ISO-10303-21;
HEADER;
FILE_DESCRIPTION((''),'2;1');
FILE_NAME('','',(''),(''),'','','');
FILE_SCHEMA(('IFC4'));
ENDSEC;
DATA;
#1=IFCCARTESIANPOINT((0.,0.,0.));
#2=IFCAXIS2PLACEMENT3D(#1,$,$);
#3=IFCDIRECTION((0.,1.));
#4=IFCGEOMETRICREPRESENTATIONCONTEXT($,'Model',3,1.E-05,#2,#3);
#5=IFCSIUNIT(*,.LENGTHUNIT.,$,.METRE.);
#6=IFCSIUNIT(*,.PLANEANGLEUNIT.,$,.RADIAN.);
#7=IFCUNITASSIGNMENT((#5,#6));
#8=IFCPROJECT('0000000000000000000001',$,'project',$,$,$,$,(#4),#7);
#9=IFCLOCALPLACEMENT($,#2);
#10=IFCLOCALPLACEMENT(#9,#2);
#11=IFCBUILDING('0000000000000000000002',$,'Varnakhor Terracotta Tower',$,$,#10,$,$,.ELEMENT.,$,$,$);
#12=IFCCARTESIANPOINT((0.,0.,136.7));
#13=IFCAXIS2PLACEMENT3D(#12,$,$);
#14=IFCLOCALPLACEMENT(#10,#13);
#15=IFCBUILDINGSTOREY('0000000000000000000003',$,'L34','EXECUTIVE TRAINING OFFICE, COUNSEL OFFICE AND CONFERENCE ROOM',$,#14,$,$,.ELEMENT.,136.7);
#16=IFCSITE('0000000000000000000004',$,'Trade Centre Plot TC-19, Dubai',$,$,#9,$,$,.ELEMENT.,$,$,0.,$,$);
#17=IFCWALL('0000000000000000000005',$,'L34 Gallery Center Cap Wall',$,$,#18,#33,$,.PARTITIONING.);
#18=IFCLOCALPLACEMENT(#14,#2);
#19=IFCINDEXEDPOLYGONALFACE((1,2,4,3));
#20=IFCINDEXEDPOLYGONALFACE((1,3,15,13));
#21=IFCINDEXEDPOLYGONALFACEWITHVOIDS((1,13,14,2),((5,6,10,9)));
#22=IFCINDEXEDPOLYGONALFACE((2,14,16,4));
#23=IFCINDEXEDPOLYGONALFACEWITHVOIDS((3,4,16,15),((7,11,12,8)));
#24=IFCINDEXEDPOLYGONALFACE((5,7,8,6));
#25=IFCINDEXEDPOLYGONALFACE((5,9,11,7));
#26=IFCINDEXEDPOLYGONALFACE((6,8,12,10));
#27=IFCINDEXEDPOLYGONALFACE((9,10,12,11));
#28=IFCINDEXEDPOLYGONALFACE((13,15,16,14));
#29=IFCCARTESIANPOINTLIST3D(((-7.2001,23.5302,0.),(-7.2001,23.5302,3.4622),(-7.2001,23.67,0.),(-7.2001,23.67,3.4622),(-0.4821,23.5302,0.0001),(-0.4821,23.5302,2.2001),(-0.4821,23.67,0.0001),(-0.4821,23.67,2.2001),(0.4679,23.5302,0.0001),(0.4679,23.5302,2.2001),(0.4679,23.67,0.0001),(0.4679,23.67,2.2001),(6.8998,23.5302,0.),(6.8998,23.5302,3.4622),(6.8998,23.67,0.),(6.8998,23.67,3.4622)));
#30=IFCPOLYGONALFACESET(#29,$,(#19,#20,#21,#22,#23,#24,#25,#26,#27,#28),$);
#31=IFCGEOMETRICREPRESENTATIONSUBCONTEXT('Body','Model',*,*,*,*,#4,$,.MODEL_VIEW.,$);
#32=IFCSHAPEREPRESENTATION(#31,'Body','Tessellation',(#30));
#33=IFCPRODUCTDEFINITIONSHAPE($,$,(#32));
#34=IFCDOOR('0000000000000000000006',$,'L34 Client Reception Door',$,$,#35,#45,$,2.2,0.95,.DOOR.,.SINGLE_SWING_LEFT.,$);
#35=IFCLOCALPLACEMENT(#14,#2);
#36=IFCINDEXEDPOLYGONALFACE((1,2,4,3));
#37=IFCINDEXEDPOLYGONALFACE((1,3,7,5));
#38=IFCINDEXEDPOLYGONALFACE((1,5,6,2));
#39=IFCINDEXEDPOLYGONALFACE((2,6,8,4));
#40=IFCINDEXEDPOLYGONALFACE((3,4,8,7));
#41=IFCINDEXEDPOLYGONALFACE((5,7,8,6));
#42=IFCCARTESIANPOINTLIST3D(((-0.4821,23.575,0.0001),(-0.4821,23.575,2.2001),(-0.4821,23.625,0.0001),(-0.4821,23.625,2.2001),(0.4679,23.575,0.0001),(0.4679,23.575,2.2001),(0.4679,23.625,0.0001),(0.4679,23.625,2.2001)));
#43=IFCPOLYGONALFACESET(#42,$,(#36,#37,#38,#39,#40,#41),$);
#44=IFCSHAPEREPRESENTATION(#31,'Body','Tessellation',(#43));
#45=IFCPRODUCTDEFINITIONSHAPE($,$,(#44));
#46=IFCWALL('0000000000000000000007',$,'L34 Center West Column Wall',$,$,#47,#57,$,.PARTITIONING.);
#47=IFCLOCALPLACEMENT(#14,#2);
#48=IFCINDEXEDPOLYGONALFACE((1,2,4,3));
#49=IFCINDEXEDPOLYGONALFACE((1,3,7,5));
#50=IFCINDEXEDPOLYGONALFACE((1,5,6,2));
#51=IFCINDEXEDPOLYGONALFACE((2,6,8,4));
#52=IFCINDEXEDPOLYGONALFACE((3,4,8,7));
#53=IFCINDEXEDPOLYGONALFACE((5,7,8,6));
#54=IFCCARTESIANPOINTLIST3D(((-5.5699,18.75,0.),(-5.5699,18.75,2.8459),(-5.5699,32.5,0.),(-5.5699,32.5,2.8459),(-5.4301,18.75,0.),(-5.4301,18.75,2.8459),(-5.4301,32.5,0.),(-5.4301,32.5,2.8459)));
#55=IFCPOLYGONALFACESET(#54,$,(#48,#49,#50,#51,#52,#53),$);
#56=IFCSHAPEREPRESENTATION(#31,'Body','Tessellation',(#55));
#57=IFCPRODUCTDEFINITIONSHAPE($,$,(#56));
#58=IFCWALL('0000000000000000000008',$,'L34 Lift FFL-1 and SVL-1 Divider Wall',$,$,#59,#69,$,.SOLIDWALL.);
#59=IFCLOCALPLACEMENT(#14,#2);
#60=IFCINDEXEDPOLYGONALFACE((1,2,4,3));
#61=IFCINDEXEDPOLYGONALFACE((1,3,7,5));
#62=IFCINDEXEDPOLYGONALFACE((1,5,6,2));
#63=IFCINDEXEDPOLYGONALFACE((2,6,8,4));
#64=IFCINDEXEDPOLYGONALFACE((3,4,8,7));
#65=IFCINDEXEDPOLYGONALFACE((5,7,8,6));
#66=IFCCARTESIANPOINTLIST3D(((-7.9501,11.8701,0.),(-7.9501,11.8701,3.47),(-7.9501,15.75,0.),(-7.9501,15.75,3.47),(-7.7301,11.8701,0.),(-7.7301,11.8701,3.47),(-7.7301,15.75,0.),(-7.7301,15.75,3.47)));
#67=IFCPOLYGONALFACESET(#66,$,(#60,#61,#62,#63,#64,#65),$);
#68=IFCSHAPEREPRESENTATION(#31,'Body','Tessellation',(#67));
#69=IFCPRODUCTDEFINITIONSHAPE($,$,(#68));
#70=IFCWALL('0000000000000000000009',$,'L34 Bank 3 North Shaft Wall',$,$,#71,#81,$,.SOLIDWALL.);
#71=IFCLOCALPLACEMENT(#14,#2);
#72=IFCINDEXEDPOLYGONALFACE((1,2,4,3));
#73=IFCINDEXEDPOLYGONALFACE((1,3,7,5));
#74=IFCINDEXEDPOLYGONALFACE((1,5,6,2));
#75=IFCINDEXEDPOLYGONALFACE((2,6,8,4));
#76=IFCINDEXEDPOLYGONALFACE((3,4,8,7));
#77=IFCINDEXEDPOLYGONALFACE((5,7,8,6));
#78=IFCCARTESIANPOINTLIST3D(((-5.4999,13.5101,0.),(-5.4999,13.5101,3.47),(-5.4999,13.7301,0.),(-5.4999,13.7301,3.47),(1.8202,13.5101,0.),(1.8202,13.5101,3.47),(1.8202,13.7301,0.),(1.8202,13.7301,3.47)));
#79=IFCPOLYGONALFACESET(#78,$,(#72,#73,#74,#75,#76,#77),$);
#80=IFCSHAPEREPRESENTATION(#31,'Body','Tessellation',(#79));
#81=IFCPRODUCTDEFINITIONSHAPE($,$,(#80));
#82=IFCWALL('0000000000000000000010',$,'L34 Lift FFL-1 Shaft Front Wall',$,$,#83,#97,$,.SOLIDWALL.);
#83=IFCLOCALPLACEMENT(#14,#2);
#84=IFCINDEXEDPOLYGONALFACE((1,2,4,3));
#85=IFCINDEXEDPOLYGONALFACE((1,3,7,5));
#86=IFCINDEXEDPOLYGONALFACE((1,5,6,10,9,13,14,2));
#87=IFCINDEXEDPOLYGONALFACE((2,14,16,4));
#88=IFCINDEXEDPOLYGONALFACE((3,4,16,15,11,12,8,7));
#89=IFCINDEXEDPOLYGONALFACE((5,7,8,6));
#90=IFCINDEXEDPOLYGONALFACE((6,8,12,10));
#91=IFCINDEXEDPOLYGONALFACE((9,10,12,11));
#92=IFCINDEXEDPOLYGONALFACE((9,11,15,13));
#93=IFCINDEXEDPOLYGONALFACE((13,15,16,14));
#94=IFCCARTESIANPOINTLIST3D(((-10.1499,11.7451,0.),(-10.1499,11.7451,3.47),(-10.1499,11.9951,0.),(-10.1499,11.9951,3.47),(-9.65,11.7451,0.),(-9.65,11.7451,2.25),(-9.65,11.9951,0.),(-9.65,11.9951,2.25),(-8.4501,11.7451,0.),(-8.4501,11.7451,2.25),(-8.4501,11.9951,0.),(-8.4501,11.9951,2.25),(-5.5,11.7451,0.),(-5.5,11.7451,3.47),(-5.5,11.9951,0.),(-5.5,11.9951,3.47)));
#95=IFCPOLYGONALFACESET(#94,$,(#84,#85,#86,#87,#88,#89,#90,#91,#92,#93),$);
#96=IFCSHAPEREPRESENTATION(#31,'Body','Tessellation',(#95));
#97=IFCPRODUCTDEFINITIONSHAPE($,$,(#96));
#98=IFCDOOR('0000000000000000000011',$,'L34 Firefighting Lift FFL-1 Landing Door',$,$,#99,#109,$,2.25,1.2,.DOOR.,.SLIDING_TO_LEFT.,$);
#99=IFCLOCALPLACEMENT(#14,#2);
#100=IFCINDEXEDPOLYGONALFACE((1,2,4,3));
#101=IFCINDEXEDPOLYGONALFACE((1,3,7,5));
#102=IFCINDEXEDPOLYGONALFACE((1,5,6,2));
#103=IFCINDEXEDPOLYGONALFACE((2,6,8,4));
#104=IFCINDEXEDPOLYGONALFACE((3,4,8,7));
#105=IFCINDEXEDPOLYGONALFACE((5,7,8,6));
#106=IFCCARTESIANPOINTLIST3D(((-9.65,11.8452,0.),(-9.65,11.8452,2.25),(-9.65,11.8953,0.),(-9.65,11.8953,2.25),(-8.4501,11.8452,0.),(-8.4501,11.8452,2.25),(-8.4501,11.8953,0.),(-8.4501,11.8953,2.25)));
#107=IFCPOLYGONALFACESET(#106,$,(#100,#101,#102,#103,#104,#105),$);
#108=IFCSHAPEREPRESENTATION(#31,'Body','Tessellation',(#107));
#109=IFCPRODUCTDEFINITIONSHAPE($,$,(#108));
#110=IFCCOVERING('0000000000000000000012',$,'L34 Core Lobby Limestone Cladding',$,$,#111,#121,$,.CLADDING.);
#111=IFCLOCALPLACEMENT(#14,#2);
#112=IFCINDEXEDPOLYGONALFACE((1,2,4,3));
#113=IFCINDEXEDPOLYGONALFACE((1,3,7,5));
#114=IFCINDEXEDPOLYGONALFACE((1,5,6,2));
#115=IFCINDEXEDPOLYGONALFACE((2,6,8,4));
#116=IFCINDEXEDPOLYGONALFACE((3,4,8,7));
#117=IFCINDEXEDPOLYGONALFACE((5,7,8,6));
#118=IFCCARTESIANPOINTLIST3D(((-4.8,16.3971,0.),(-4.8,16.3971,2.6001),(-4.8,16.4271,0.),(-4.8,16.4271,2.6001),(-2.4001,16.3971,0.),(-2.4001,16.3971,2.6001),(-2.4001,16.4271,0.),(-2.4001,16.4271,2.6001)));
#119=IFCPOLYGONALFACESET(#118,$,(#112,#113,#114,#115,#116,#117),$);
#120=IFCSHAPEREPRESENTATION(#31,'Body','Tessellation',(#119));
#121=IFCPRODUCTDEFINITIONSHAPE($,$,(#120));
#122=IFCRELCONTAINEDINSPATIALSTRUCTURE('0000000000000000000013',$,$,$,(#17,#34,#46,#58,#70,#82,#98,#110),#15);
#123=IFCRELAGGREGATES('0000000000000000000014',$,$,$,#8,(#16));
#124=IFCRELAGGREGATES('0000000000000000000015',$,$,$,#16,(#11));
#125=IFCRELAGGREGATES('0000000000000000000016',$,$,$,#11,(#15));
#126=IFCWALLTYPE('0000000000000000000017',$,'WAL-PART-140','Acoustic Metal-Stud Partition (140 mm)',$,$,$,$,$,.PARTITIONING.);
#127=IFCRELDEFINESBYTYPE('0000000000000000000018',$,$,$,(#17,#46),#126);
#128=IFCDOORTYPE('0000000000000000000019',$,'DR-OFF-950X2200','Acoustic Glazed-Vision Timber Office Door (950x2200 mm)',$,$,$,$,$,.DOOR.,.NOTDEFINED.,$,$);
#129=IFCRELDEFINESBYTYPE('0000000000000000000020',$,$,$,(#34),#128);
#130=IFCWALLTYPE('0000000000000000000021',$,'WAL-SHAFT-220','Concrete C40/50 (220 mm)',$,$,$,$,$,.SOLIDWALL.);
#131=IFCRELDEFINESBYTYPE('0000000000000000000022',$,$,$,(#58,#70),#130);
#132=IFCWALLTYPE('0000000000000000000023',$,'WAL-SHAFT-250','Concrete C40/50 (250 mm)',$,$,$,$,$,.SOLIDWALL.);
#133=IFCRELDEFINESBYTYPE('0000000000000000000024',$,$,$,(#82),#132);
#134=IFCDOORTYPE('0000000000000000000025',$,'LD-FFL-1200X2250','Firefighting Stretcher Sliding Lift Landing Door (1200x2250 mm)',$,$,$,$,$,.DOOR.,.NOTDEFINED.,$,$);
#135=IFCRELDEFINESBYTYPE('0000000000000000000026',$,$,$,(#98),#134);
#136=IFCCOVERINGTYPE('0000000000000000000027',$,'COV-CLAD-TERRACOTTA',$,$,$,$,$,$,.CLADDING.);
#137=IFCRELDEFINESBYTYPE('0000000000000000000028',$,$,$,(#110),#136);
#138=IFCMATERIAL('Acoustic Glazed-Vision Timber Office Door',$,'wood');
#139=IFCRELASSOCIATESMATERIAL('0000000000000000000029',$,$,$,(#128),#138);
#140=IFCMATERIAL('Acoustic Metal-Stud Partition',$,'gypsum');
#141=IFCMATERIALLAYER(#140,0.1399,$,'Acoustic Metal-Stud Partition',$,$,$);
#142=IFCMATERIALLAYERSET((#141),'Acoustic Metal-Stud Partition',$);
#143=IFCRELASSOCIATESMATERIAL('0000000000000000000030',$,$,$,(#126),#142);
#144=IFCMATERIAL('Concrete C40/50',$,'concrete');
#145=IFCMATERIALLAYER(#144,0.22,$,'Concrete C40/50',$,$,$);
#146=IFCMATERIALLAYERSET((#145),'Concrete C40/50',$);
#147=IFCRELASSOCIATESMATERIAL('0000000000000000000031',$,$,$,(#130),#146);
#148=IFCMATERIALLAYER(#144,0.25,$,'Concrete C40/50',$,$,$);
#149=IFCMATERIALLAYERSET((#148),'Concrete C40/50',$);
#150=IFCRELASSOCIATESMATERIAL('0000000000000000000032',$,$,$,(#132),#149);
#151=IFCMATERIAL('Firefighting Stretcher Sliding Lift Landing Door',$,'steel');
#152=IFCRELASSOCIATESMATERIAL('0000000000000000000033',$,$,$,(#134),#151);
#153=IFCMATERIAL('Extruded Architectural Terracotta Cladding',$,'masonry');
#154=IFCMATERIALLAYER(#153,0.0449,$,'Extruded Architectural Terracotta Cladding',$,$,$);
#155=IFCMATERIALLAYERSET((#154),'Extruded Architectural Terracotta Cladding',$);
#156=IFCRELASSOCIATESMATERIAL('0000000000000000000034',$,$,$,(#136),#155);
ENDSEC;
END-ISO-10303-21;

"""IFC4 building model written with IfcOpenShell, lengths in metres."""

from ifc_helpers import new_model, si_unit, direction, frame, frame_2d, origin, origin_2d, place, context, subcontext, project, spatial, rectangle, extrude, source, transform, mapped, material, layer, layer_set, type_object, type_shapes, element, fill, save


model = new_model("IFC4")

# Units and contexts
model_context = context("Model", 3, precision=1e-05, world=origin(), true_north=direction((0.0, 1.0)))
body_context = subcontext(model_context, "Body", "Model", "MODEL_VIEW")
ifc_project = project(units=[si_unit("LENGTHUNIT", "METRE"), si_unit("PLANEANGLEUNIT", "RADIAN")], contexts=[model_context])

# Site, building, storey
site_placement = place(None, origin())
site = spatial("IfcSite", under=ifc_project, at=site_placement, Name="Trade Centre Plot TC-19, Dubai", CompositionType="ELEMENT", RefElevation=0.0)
building_placement = place(site_placement, origin())
building = spatial("IfcBuilding", under=site, at=building_placement, Name="Varnakhor Terracotta Tower", CompositionType="ELEMENT")
storey_placement = place(building_placement, frame((0.0, 0.0, 136.7)))
storey = spatial("IfcBuildingStorey", under=building, at=storey_placement, Name="L34", Description="EXECUTIVE TRAINING OFFICE, COUNSEL OFFICE AND CONFERENCE ROOM", CompositionType="ELEMENT", Elevation=136.7)

# Shared definitions
ifc_material_1 = material(Name="Acoustic Glazed-Vision Timber Office Door", Category="wood")
door_type_1 = type_object("IfcDoorType", Name="DR-OFF-950X2200", Description="Acoustic Glazed-Vision Timber Office Door (950x2200 mm)", OperationType="NOTDEFINED", PredefinedType="DOOR", material=ifc_material_1)
shared_shape_1 = source(origin(), body_context, "Body", "SweptSolid", [
    extrude(rectangle(XDim=0.95, YDim=2.2, at=frame_2d((0.4751, 1.1001))), frame((0.0, 0.0249, 0.0), z_axis=(0.0, -1.0, 0.0), x_axis=(1.0, 0.0, 0.0)), (0.0, 0.0, 1.0), 0.05),
])
type_shapes(door_type_1, [shared_shape_1])

# Wall, opening, door
ifc_material_2 = material(Name="Acoustic Metal-Stud Partition", Category="gypsum")
ifc_layer_1 = layer(ifc_material_2, 0.1399, Name="Acoustic Metal-Stud Partition")
ifc_layer_set_1 = layer_set([ifc_layer_1], Name="Acoustic Metal-Stud Partition")
wall_type_1 = type_object("IfcWallType", Name="WAL-PART-140", Description="Acoustic Metal-Stud Partition (140 mm)", PredefinedType="PARTITIONING", material=ifc_layer_set_1)
wall_1_placement = place(storey_placement, frame((-7.2, 23.6001, 0.0), z_axis=(0.0, 0.0, 1.0), x_axis=(1.0, 0.0, 0.0)))
wall_1 = element("IfcWall", 1, at=wall_1_placement, inside=storey, type_object=wall_type_1, Name="L34 Gallery Center Cap Wall", PredefinedType="PARTITIONING", context=body_context, shape_type="SweptSolid", body=[
    extrude(rectangle(XDim=14.0999, YDim=0.1399, at=frame_2d((7.0498, 0.0))), origin(), (0.0, 0.0, 1.0), 3.4622),
])
opening_1_placement = place(wall_1_placement, frame((6.7178, 0.0, 0.0)))
opening_1 = element("IfcOpeningElement", 2, at=opening_1_placement, cuts=wall_1, PredefinedType="OPENING", context=body_context, shape_type="SweptSolid", body=[
    extrude(rectangle(XDim=0.95, YDim=2.2, at=frame_2d((0.4751, 1.1001))), frame((0.0, 0.0801, 0.0), z_axis=(0.0, -1.0, 0.0), x_axis=(1.0, 0.0, 0.0)), (0.0, 0.0, 1.0), 0.1599),
])
door_1_placement = place(opening_1_placement, origin())
door_1 = element("IfcDoor", 3, at=door_1_placement, inside=storey, type_object=door_type_1, Name="L34 Client Reception Door", OperationType="SINGLE_SWING_LEFT", OverallHeight=2.2, OverallWidth=0.95, PredefinedType="DOOR", context=body_context, shape_type="MappedRepresentation", body=[
    mapped(shared_shape_1, transform((0.0, 0.0, 0.0), scale=1.0)),
])
fill(opening_1, door_1)

# Walls
wall_2_placement = place(storey_placement, frame((-5.5, 18.75, 0.0), z_axis=(0.0, 0.0, 1.0), x_axis=(0.0, 1.0, 0.0)))
element("IfcWall", 4, at=wall_2_placement, inside=storey, type_object=wall_type_1, Name="L34 Center West Column Wall", PredefinedType="PARTITIONING", context=body_context, shape_type="SweptSolid", body=[
    extrude(rectangle(XDim=13.75, YDim=0.1399, at=frame_2d((6.875, 0.0))), origin(), (0.0, 0.0, 1.0), 2.8459),
])
ifc_material_3 = material(Name="Concrete C40/50", Category="concrete")
ifc_layer_2 = layer(ifc_material_3, 0.22, Name="Concrete C40/50")
ifc_layer_set_2 = layer_set([ifc_layer_2], Name="Concrete C40/50")
wall_type_2 = type_object("IfcWallType", Name="WAL-SHAFT-220", Description="Concrete C40/50 (220 mm)", PredefinedType="SOLIDWALL", material=ifc_layer_set_2)
wall_3_placement = place(storey_placement, frame((-7.8401, 11.8701, 0.0), z_axis=(0.0, 0.0, 1.0), x_axis=(0.0, 1.0, 0.0)))
element("IfcWall", 5, at=wall_3_placement, inside=storey, type_object=wall_type_2, Name="L34 Lift FFL-1 and SVL-1 Divider Wall", PredefinedType="SOLIDWALL", context=body_context, shape_type="SweptSolid", body=[
    extrude(rectangle(XDim=3.8799, YDim=0.22, at=frame_2d((1.9399, 0.0))), origin(), (0.0, 0.0, 1.0), 3.47),
])
wall_4_placement = place(storey_placement, frame((-5.5, 13.6201, 0.0), z_axis=(0.0, 0.0, 1.0), x_axis=(1.0, 0.0, 0.0)))
element("IfcWall", 6, at=wall_4_placement, inside=storey, type_object=wall_type_2, Name="L34 Bank 3 North Shaft Wall", PredefinedType="SOLIDWALL", context=body_context, shape_type="SweptSolid", body=[
    extrude(rectangle(XDim=7.3201, YDim=0.22, at=frame_2d((3.6602, 0.0))), origin(), (0.0, 0.0, 1.0), 3.47),
])

# Wall, opening, door
ifc_layer_3 = layer(ifc_material_3, 0.25, Name="Concrete C40/50")
ifc_layer_set_3 = layer_set([ifc_layer_3], Name="Concrete C40/50")
wall_type_3 = type_object("IfcWallType", Name="WAL-SHAFT-250", Description="Concrete C40/50 (250 mm)", PredefinedType="SOLIDWALL", material=ifc_layer_set_3)
wall_5_placement = place(storey_placement, frame((-5.5, 11.8701, 0.0), z_axis=(0.0, 0.0, 1.0), x_axis=(-1.0, 0.0, 0.0)))
wall_5 = element("IfcWall", 7, at=wall_5_placement, inside=storey, type_object=wall_type_3, Name="L34 Lift FFL-1 Shaft Front Wall", PredefinedType="SOLIDWALL", context=body_context, shape_type="SweptSolid", body=[
    extrude(rectangle(XDim=4.6499, YDim=0.25, at=frame_2d((2.325, 0.0))), origin(), (0.0, 0.0, 1.0), 3.47),
])
opening_2_placement = place(wall_5_placement, frame((2.95, 0.0, 0.0)))
opening_2 = element("IfcOpeningElement", 8, at=opening_2_placement, cuts=wall_5, PredefinedType="OPENING", context=body_context, shape_type="SweptSolid", body=[
    extrude(rectangle(XDim=1.2, YDim=2.25, at=frame_2d((0.6001, 1.125))), frame((0.0, 0.135, 0.0), z_axis=(0.0, -1.0, 0.0), x_axis=(1.0, 0.0, 0.0)), (0.0, 0.0, 1.0), 0.27),
])
ifc_material_4 = material(Name="Firefighting Stretcher Sliding Lift Landing Door", Category="steel")
door_type_2 = type_object("IfcDoorType", Name="LD-FFL-1200X2250", Description="Firefighting Stretcher Sliding Lift Landing Door (1200x2250 mm)", OperationType="NOTDEFINED", PredefinedType="DOOR", material=ifc_material_4)
shared_shape_2 = source(origin(), body_context, "Body", "SweptSolid", [
    extrude(rectangle(XDim=1.2, YDim=2.25, at=frame_2d((0.6001, 1.125))), frame((0.0, 0.0249, 0.0), z_axis=(0.0, -1.0, 0.0), x_axis=(1.0, 0.0, 0.0)), (0.0, 0.0, 1.0), 0.05),
])
type_shapes(door_type_2, [shared_shape_2])
door_2_placement = place(opening_2_placement, origin())
door_2 = element("IfcDoor", 9, at=door_2_placement, inside=storey, type_object=door_type_2, Name="L34 Firefighting Lift FFL-1 Landing Door", OperationType="SLIDING_TO_LEFT", OverallHeight=2.25, OverallWidth=1.2, PredefinedType="DOOR", context=body_context, shape_type="MappedRepresentation", body=[
    mapped(shared_shape_2, transform((0.0, 0.0, 0.0), scale=1.0)),
])
fill(opening_2, door_2)

# Covering
ifc_material_5 = material(Name="Extruded Architectural Terracotta Cladding", Category="masonry")
ifc_layer_4 = layer(ifc_material_5, 0.0449, Name="Extruded Architectural Terracotta Cladding")
ifc_layer_set_4 = layer_set([ifc_layer_4], Name="Extruded Architectural Terracotta Cladding")
covering_type = type_object("IfcCoveringType", Name="COV-CLAD-TERRACOTTA", PredefinedType="CLADDING", material=ifc_layer_set_4)
shared_shape_3 = source(origin(), body_context, "Body", "SweptSolid", [
    extrude(rectangle(XDim=2.3999, YDim=0.03, at=origin_2d()), origin(), (0.0, 0.0, 1.0), 2.6001),
])
type_shapes(covering_type, [shared_shape_3])
covering_placement = place(storey_placement, frame((-3.6001, 16.4121, 0.0), z_axis=(0.0, 0.0, 1.0), x_axis=(1.0, 0.0, 0.0)))
element("IfcCovering", 10, at=covering_placement, inside=storey, type_object=covering_type, Name="L34 Core Lobby Limestone Cladding", PredefinedType="CLADDING", context=body_context, shape_type="MappedRepresentation", body=[
    mapped(shared_shape_3, transform((0.0, 0.0, 0.0), scale=1.0)),
])

save(model, "model.ifc")
